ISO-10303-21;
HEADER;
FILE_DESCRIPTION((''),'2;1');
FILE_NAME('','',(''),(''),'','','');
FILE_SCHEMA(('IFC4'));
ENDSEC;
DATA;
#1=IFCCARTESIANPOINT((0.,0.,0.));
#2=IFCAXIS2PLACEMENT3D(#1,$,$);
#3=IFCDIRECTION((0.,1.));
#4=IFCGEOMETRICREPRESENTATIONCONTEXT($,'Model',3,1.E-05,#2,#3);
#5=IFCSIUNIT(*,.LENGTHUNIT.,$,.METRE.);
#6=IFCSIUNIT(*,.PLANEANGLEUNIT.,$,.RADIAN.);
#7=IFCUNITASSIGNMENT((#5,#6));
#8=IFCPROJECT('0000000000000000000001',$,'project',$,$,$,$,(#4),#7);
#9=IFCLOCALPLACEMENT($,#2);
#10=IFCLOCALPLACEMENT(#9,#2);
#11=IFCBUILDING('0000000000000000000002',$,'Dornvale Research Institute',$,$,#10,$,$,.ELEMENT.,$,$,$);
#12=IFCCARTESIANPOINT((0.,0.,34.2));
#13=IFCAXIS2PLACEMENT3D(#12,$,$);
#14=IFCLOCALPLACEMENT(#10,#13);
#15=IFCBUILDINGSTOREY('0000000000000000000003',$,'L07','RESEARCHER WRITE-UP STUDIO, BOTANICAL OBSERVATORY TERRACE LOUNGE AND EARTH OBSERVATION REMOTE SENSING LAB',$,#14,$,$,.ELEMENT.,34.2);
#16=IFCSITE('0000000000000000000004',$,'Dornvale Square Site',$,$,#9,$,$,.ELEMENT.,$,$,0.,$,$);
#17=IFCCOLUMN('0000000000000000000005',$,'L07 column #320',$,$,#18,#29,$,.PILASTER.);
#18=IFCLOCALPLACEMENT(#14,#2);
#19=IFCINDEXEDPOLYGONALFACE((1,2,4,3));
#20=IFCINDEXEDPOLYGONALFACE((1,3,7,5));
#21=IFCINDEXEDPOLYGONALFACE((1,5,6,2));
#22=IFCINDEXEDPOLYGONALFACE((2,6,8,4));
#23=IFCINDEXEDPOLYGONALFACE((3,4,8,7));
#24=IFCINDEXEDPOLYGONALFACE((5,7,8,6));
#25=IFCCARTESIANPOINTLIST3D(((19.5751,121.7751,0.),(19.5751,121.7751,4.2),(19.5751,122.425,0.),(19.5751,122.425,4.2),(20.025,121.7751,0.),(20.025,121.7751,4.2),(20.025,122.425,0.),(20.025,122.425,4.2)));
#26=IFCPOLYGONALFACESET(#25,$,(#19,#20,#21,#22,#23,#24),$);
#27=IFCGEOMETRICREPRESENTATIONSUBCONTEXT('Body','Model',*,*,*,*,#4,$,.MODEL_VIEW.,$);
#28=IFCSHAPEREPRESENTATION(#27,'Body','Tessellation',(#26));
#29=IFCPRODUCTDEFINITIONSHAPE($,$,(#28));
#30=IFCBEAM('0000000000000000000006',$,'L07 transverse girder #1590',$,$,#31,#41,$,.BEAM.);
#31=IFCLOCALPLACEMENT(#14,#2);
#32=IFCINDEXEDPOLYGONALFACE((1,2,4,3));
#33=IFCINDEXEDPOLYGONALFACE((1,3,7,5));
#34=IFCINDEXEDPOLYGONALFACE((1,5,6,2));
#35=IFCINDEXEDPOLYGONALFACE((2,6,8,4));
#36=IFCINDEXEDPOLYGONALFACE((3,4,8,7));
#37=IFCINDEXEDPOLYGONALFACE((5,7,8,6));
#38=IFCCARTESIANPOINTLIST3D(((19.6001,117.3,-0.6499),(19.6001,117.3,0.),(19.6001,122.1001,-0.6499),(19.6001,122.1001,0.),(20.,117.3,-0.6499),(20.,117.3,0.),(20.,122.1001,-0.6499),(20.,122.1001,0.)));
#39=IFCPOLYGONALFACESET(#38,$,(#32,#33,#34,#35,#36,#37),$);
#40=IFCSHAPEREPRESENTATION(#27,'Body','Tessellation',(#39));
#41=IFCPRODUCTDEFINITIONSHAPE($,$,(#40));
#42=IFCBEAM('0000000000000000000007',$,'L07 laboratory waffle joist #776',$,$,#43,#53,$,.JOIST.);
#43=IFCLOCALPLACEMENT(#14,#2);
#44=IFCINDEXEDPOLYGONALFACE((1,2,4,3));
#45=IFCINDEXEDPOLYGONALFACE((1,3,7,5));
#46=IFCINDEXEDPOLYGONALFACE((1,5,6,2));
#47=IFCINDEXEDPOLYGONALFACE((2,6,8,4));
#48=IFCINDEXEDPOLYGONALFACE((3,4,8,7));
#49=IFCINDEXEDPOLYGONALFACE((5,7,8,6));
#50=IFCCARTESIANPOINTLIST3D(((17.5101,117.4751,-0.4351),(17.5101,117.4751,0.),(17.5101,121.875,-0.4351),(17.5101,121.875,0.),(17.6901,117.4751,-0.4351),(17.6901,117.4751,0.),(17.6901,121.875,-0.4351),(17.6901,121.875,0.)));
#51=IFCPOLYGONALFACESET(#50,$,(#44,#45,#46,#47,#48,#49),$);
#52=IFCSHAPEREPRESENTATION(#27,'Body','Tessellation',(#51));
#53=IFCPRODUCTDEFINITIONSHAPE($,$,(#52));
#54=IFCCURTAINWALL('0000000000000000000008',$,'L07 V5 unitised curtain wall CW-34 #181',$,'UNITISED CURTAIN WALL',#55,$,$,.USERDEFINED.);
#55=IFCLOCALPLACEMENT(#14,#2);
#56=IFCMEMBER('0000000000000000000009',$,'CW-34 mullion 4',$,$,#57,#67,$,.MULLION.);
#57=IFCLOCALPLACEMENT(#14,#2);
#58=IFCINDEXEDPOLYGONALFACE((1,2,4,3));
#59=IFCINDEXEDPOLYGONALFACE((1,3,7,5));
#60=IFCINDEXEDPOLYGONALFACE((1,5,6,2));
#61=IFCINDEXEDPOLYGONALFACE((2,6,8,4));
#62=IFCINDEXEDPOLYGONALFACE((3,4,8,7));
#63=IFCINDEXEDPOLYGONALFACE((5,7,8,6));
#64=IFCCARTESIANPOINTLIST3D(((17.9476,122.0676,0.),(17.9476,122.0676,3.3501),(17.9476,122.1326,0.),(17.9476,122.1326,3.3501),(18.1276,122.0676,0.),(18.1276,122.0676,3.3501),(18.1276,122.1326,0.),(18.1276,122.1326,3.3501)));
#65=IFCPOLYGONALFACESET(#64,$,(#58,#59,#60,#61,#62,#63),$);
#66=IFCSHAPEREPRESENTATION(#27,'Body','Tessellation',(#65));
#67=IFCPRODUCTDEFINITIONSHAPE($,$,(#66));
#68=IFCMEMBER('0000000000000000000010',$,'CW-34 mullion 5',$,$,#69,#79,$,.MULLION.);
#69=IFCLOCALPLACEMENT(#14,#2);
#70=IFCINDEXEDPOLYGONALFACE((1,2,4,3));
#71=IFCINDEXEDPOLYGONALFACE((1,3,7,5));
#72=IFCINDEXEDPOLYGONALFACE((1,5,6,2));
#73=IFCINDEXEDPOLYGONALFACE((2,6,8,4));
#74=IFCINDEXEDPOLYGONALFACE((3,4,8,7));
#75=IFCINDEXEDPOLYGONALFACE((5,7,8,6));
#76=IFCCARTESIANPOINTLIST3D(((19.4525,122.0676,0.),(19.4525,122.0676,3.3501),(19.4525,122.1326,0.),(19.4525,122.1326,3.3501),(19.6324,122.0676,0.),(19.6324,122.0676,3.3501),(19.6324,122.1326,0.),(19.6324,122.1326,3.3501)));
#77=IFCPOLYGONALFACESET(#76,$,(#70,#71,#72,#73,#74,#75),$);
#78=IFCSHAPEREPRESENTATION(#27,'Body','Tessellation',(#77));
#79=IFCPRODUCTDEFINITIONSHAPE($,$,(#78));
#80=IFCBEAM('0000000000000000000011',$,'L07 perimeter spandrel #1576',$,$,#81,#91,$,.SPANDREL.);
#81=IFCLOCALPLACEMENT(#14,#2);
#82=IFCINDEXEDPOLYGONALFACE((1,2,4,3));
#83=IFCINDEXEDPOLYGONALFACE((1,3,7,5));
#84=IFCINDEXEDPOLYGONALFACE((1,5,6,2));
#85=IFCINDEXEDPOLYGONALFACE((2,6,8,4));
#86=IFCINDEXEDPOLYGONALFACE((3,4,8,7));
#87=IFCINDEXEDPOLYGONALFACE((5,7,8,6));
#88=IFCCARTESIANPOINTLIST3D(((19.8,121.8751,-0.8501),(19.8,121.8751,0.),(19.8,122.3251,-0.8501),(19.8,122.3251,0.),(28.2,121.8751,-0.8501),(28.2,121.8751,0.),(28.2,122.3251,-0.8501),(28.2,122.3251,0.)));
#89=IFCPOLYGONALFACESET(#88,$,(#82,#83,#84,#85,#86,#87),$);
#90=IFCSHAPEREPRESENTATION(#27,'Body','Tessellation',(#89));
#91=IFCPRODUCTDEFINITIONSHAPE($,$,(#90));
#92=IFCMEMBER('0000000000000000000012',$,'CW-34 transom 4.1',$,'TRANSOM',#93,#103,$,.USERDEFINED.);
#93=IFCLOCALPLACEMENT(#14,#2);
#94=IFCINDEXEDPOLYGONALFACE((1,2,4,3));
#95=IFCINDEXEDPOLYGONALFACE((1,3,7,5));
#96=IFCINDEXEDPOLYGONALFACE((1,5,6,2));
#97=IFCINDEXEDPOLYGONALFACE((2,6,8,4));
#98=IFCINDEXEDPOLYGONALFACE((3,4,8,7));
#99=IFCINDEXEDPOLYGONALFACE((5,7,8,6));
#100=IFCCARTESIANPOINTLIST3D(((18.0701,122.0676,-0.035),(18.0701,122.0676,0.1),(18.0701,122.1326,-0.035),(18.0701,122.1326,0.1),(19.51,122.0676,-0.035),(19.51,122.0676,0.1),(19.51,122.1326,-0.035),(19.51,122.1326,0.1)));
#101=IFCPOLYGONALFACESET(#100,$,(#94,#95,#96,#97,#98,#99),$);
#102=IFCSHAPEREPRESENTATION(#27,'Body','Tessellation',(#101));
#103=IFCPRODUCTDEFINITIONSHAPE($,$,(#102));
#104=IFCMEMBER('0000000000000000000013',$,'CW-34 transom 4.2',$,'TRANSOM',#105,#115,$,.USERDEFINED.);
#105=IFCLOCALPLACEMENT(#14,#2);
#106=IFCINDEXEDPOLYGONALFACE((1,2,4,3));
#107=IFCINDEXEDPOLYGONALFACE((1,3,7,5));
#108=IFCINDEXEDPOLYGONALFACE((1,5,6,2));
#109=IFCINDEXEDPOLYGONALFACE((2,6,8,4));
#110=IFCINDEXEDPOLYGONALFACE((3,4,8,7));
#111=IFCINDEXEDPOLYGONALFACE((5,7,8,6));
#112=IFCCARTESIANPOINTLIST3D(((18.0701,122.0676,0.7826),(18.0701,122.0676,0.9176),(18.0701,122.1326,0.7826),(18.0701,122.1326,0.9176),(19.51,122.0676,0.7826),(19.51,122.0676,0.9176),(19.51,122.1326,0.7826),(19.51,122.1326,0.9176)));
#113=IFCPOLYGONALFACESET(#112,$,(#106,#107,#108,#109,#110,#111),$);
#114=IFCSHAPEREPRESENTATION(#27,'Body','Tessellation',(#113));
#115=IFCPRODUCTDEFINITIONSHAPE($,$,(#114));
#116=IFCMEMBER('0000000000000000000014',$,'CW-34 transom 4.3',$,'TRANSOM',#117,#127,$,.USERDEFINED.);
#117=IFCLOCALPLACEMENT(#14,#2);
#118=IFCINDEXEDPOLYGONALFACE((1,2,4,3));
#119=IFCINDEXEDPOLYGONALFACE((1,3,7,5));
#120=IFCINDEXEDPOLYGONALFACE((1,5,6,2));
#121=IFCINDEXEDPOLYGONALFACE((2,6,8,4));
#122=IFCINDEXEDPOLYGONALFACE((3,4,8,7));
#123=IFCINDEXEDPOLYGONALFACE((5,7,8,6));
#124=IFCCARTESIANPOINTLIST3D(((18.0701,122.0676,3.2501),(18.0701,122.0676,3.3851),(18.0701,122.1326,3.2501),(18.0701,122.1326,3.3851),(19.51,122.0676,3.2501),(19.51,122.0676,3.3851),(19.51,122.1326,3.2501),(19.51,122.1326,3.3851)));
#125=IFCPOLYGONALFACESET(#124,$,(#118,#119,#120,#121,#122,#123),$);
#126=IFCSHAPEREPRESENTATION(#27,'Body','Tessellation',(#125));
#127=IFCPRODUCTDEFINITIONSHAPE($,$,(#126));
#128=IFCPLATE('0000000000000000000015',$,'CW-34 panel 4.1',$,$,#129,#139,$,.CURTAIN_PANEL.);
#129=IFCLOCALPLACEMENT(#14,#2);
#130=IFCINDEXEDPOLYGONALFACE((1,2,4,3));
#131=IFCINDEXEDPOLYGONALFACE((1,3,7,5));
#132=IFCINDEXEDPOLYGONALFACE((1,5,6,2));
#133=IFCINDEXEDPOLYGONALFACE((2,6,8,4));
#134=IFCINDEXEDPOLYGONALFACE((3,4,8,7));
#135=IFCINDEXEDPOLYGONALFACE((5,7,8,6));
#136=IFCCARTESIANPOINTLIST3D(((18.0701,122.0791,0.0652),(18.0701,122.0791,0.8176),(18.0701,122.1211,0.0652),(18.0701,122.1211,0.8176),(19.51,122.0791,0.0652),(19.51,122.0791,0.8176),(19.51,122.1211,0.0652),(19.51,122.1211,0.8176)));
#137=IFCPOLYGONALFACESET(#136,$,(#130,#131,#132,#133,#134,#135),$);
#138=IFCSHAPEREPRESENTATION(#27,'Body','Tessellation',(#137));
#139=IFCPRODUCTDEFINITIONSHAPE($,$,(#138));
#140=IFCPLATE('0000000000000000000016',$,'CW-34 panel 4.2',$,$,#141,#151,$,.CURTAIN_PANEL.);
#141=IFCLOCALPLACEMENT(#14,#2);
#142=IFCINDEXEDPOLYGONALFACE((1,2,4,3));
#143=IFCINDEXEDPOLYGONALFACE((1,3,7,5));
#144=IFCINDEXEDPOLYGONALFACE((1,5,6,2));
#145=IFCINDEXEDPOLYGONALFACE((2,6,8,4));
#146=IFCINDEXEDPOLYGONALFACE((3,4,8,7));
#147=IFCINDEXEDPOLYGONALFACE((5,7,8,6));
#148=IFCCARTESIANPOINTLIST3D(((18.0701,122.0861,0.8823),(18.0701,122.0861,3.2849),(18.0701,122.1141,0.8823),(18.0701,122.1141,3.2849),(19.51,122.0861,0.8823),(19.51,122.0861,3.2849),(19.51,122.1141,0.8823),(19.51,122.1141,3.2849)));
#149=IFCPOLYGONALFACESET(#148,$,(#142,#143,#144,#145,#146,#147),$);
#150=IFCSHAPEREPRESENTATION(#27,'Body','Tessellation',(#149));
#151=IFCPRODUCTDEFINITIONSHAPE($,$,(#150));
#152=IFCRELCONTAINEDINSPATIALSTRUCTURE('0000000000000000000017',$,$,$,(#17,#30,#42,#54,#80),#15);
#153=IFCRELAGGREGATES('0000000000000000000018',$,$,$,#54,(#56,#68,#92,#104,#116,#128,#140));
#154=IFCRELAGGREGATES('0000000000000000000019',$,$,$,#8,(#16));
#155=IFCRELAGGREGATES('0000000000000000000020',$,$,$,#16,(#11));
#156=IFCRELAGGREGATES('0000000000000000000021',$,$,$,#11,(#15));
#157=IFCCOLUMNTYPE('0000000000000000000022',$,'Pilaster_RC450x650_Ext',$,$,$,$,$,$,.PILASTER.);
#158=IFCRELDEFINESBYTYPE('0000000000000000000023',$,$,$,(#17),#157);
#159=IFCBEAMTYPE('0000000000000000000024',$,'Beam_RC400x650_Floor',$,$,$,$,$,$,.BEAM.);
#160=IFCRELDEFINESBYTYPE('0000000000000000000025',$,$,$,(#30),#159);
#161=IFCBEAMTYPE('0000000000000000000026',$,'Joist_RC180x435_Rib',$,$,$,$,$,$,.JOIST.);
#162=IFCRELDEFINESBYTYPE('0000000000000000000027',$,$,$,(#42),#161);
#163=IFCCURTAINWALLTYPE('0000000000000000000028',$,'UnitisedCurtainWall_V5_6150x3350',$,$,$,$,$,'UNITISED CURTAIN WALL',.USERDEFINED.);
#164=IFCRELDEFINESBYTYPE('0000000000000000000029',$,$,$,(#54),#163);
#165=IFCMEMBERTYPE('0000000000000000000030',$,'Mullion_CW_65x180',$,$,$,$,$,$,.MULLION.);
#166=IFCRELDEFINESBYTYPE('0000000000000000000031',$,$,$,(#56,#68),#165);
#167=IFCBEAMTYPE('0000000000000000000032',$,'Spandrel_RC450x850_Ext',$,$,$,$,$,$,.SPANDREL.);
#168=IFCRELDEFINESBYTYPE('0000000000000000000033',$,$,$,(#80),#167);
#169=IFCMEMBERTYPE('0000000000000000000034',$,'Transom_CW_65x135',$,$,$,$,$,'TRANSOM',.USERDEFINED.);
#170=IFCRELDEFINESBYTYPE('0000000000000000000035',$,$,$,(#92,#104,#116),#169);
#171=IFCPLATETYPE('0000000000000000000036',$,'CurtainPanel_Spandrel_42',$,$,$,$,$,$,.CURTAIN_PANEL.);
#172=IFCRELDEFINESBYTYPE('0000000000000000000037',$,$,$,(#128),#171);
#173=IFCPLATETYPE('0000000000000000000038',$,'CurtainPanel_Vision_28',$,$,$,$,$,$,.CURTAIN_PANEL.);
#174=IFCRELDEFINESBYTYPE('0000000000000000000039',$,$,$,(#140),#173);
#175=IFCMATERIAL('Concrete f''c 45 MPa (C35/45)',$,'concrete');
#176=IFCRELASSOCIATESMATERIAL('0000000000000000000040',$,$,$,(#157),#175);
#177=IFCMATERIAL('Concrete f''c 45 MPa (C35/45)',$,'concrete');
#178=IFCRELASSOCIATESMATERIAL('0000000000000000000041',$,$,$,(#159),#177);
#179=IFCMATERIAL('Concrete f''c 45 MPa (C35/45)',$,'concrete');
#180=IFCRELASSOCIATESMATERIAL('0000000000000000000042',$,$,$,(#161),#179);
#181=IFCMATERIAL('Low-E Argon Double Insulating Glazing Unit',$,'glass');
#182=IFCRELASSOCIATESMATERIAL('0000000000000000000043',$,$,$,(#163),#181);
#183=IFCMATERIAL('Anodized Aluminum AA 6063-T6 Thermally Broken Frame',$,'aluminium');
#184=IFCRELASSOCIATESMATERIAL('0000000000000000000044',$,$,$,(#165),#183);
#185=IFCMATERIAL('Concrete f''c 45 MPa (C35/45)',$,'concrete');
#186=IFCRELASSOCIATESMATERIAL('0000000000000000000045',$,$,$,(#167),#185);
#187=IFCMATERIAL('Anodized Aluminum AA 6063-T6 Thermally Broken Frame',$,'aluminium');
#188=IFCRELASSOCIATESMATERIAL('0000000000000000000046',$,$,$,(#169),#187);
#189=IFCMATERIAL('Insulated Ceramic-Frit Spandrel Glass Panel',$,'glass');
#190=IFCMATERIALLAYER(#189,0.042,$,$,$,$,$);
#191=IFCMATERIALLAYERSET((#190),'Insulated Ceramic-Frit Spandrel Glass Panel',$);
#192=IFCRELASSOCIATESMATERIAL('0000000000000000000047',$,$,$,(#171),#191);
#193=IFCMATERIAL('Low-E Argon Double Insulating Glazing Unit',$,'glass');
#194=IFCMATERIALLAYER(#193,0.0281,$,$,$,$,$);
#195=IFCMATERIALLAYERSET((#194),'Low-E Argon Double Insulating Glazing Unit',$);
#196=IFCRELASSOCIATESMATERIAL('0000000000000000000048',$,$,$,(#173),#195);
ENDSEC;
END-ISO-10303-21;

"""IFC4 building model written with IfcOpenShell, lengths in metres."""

from ifc_helpers import new_model, si_unit, direction, frame, origin, origin_2d, place, context, subcontext, project, spatial, rectangle, extrude, material, layer, layer_set, material_profile, profile_set, type_object, element, aggregate, save


model = new_model("IFC4")

# Units and contexts
model_context = context("Model", 3, precision=1e-05, world=origin(), true_north=direction((0.0, 1.0)))
body_context = subcontext(model_context, "Body", "Model", "MODEL_VIEW")
ifc_project = project(units=[si_unit("LENGTHUNIT", "METRE"), si_unit("PLANEANGLEUNIT", "RADIAN")], contexts=[model_context])

# Site, building, storey
site_placement = place(None, origin())
site = spatial("IfcSite", under=ifc_project, at=site_placement, Name="Dornvale Square Site", CompositionType="ELEMENT", RefElevation=0.0)
building_placement = place(site_placement, origin())
building = spatial("IfcBuilding", under=site, at=building_placement, Name="Dornvale Research Institute", CompositionType="ELEMENT")
storey_placement = place(building_placement, frame((0.0, 0.0, 34.2)))
storey = spatial("IfcBuildingStorey", under=building, at=storey_placement, Name="L07", Description="RESEARCHER WRITE-UP STUDIO, BOTANICAL OBSERVATORY TERRACE LOUNGE AND EARTH OBSERVATION REMOTE SENSING LAB", CompositionType="ELEMENT", Elevation=34.2)

# Column
ifc_material_1 = material(Name="Concrete f'c 45 MPa (C35/45)", Category="concrete")
ifc_material_profile_1 = material_profile(ifc_material_1, rectangle(XDim=0.45, YDim=0.6499, at=origin_2d()), Name="RC 450x650")
ifc_profile_set_1 = profile_set([ifc_material_profile_1], Name="Concrete f'c 45 MPa (C35/45)")
column_type = type_object("IfcColumnType", Name="Pilaster_RC450x650_Ext", PredefinedType="PILASTER", material=ifc_profile_set_1)
column_placement = place(storey_placement, frame((19.8, 122.1001, 0.0), z_axis=(0.0, 0.0, 1.0), x_axis=(1.0, 0.0, 0.0)))
element("IfcColumn", 1, at=column_placement, inside=storey, type_object=column_type, Name="L07 column #320", PredefinedType="PILASTER", context=body_context, shape_type="SweptSolid", body=[
    extrude(rectangle(XDim=0.45, YDim=0.6499, at=origin_2d()), origin(), (0.0, 0.0, 1.0), 4.2),
])

# Beams
ifc_material_2 = material(Name="Concrete f'c 45 MPa (C35/45)", Category="concrete")
ifc_material_profile_2 = material_profile(ifc_material_2, rectangle(XDim=0.3999, YDim=0.6499, at=origin_2d()), Name="RC 400x650")
ifc_profile_set_2 = profile_set([ifc_material_profile_2], Name="Concrete f'c 45 MPa (C35/45)")
beam_type_1 = type_object("IfcBeamType", Name="Beam_RC400x650_Floor", PredefinedType="BEAM", material=ifc_profile_set_2)
beam_1_placement = place(storey_placement, frame((19.8, 117.3, -0.325), z_axis=(0.0, 1.0, 0.0), x_axis=(-1.0, 0.0, 0.0)))
element("IfcBeam", 2, at=beam_1_placement, inside=storey, type_object=beam_type_1, Name="L07 transverse girder #1590", PredefinedType="BEAM", context=body_context, shape_type="SweptSolid", body=[
    extrude(rectangle(XDim=0.3999, YDim=0.6499, at=origin_2d()), origin(), (0.0, 0.0, 1.0), 4.8),
])
ifc_material_3 = material(Name="Concrete f'c 45 MPa (C35/45)", Category="concrete")
ifc_material_profile_3 = material_profile(ifc_material_3, rectangle(XDim=0.1799, YDim=0.4351, at=origin_2d()), Name="RC 180x435")
ifc_profile_set_3 = profile_set([ifc_material_profile_3], Name="Concrete f'c 45 MPa (C35/45)")
beam_type_2 = type_object("IfcBeamType", Name="Joist_RC180x435_Rib", PredefinedType="JOIST", material=ifc_profile_set_3)
beam_2_placement = place(storey_placement, frame((17.6001, 117.4751, -0.2175), z_axis=(0.0, 1.0, 0.0), x_axis=(-1.0, 0.0, 0.0)))
element("IfcBeam", 3, at=beam_2_placement, inside=storey, type_object=beam_type_2, Name="L07 laboratory waffle joist #776", PredefinedType="JOIST", context=body_context, shape_type="SweptSolid", body=[
    extrude(rectangle(XDim=0.1799, YDim=0.4351, at=origin_2d()), origin(), (0.0, 0.0, 1.0), 4.3999),
])

# Curtain wall, members
ifc_material_4 = material(Name="Low-E Argon Double Insulating Glazing Unit", Category="glass")
curtain_wall_type = type_object("IfcCurtainWallType", Name="UnitisedCurtainWall_V5_6150x3350", ElementType="UNITISED CURTAIN WALL", PredefinedType="USERDEFINED", material=ifc_material_4)
curtain_wall_placement = place(storey_placement, origin())
curtain_wall = element("IfcCurtainWall", 4, at=curtain_wall_placement, inside=storey, type_object=curtain_wall_type, Name="L07 V5 unitised curtain wall CW-34 #181", ObjectType="UNITISED CURTAIN WALL", PredefinedType="USERDEFINED")
ifc_material_5 = material(Name="Anodized Aluminum AA 6063-T6 Thermally Broken Frame", Category="aluminium")
ifc_material_profile_4 = material_profile(ifc_material_5, rectangle(XDim=0.0649, YDim=0.1799, at=origin_2d()), Name="ALU MULLION 65x180")
ifc_profile_set_4 = profile_set([ifc_material_profile_4], Name="Anodized Aluminum AA 6063-T6 Thermally Broken Frame")
member_type_1 = type_object("IfcMemberType", Name="Mullion_CW_65x180", PredefinedType="MULLION", material=ifc_profile_set_4)
member_1_placement = place(storey_placement, frame((18.0376, 122.1001, 0.0), z_axis=(0.0, 0.0, 1.0), x_axis=(0.0, 1.0, 0.0)))
member_1 = element("IfcMember", 5, at=member_1_placement, type_object=member_type_1, Name="CW-34 mullion 4", PredefinedType="MULLION", context=body_context, shape_type="SweptSolid", body=[
    extrude(rectangle(XDim=0.0649, YDim=0.1799, at=origin_2d()), origin(), (0.0, 0.0, 1.0), 3.3501),
])
member_2_placement = place(storey_placement, frame((19.5425, 122.1001, 0.0), z_axis=(0.0, 0.0, 1.0), x_axis=(0.0, 1.0, 0.0)))
member_2 = element("IfcMember", 6, at=member_2_placement, type_object=member_type_1, Name="CW-34 mullion 5", PredefinedType="MULLION", context=body_context, shape_type="SweptSolid", body=[
    extrude(rectangle(XDim=0.0649, YDim=0.1799, at=origin_2d()), origin(), (0.0, 0.0, 1.0), 3.3501),
])

# Beam
ifc_material_6 = material(Name="Concrete f'c 45 MPa (C35/45)", Category="concrete")
ifc_material_profile_5 = material_profile(ifc_material_6, rectangle(XDim=0.45, YDim=0.8501, at=origin_2d()), Name="RC 450x850")
ifc_profile_set_5 = profile_set([ifc_material_profile_5], Name="Concrete f'c 45 MPa (C35/45)")
beam_type_3 = type_object("IfcBeamType", Name="Spandrel_RC450x850_Ext", PredefinedType="SPANDREL", material=ifc_profile_set_5)
beam_3_placement = place(storey_placement, frame((19.8, 122.1001, -0.425), z_axis=(1.0, 0.0, 0.0), x_axis=(0.0, 1.0, 0.0)))
element("IfcBeam", 7, at=beam_3_placement, inside=storey, type_object=beam_type_3, Name="L07 perimeter spandrel #1576", PredefinedType="SPANDREL", context=body_context, shape_type="SweptSolid", body=[
    extrude(rectangle(XDim=0.45, YDim=0.8501, at=origin_2d()), origin(), (0.0, 0.0, 1.0), 8.3999),
])

# Members
ifc_material_7 = material(Name="Anodized Aluminum AA 6063-T6 Thermally Broken Frame", Category="aluminium")
ifc_material_profile_6 = material_profile(ifc_material_7, rectangle(XDim=0.0649, YDim=0.135, at=origin_2d()), Name="ALU TRANSOM 65x135")
ifc_profile_set_6 = profile_set([ifc_material_profile_6], Name="Anodized Aluminum AA 6063-T6 Thermally Broken Frame")
member_type_2 = type_object("IfcMemberType", Name="Transom_CW_65x135", ElementType="TRANSOM", PredefinedType="USERDEFINED", material=ifc_profile_set_6)
member_3_placement = place(storey_placement, frame((18.0701, 122.1001, 0.0325), z_axis=(1.0, 0.0, 0.0), x_axis=(0.0, 1.0, 0.0)))
member_3 = element("IfcMember", 8, at=member_3_placement, type_object=member_type_2, Name="CW-34 transom 4.1", ObjectType="TRANSOM", PredefinedType="USERDEFINED", context=body_context, shape_type="SweptSolid", body=[
    extrude(rectangle(XDim=0.0649, YDim=0.135, at=origin_2d()), origin(), (0.0, 0.0, 1.0), 1.4399),
])
member_4_placement = place(storey_placement, frame((18.0701, 122.1001, 0.8501), z_axis=(1.0, 0.0, 0.0), x_axis=(0.0, 1.0, 0.0)))
member_4 = element("IfcMember", 9, at=member_4_placement, type_object=member_type_2, Name="CW-34 transom 4.2", ObjectType="TRANSOM", PredefinedType="USERDEFINED", context=body_context, shape_type="SweptSolid", body=[
    extrude(rectangle(XDim=0.0649, YDim=0.135, at=origin_2d()), origin(), (0.0, 0.0, 1.0), 1.4399),
])
member_5_placement = place(storey_placement, frame((18.0701, 122.1001, 3.3176), z_axis=(1.0, 0.0, 0.0), x_axis=(0.0, 1.0, 0.0)))
member_5 = element("IfcMember", 10, at=member_5_placement, type_object=member_type_2, Name="CW-34 transom 4.3", ObjectType="TRANSOM", PredefinedType="USERDEFINED", context=body_context, shape_type="SweptSolid", body=[
    extrude(rectangle(XDim=0.0649, YDim=0.135, at=origin_2d()), origin(), (0.0, 0.0, 1.0), 1.4399),
])

# Plates
ifc_material_8 = material(Name="Insulated Ceramic-Frit Spandrel Glass Panel", Category="glass")
ifc_layer_1 = layer(ifc_material_8, 0.042)
ifc_layer_set_1 = layer_set([ifc_layer_1], Name="Insulated Ceramic-Frit Spandrel Glass Panel")
plate_type_1 = type_object("IfcPlateType", Name="CurtainPanel_Spandrel_42", PredefinedType="CURTAIN_PANEL", material=ifc_layer_set_1)
plate_1_placement = place(storey_placement, frame((18.79, 122.1001, 0.0652), z_axis=(0.0, 0.0, 1.0), x_axis=(1.0, 0.0, 0.0)))
plate_1 = element("IfcPlate", 11, at=plate_1_placement, type_object=plate_type_1, Name="CW-34 panel 4.1", PredefinedType="CURTAIN_PANEL", context=body_context, shape_type="SweptSolid", body=[
    extrude(rectangle(XDim=1.4399, YDim=0.042, at=origin_2d()), origin(), (0.0, 0.0, 1.0), 0.7524),
])
ifc_material_9 = material(Name="Low-E Argon Double Insulating Glazing Unit", Category="glass")
ifc_layer_2 = layer(ifc_material_9, 0.0281)
ifc_layer_set_2 = layer_set([ifc_layer_2], Name="Low-E Argon Double Insulating Glazing Unit")
plate_type_2 = type_object("IfcPlateType", Name="CurtainPanel_Vision_28", PredefinedType="CURTAIN_PANEL", material=ifc_layer_set_2)
plate_2_placement = place(storey_placement, frame((18.79, 122.1001, 0.8823), z_axis=(0.0, 0.0, 1.0), x_axis=(1.0, 0.0, 0.0)))
plate_2 = element("IfcPlate", 12, at=plate_2_placement, type_object=plate_type_2, Name="CW-34 panel 4.2", PredefinedType="CURTAIN_PANEL", context=body_context, shape_type="SweptSolid", body=[
    extrude(rectangle(XDim=1.4399, YDim=0.0281, at=origin_2d()), origin(), (0.0, 0.0, 1.0), 2.4026),
])
aggregate(curtain_wall, [member_1, member_2, member_3, member_4, member_5, plate_1, plate_2])

save(model, "model.ifc")
